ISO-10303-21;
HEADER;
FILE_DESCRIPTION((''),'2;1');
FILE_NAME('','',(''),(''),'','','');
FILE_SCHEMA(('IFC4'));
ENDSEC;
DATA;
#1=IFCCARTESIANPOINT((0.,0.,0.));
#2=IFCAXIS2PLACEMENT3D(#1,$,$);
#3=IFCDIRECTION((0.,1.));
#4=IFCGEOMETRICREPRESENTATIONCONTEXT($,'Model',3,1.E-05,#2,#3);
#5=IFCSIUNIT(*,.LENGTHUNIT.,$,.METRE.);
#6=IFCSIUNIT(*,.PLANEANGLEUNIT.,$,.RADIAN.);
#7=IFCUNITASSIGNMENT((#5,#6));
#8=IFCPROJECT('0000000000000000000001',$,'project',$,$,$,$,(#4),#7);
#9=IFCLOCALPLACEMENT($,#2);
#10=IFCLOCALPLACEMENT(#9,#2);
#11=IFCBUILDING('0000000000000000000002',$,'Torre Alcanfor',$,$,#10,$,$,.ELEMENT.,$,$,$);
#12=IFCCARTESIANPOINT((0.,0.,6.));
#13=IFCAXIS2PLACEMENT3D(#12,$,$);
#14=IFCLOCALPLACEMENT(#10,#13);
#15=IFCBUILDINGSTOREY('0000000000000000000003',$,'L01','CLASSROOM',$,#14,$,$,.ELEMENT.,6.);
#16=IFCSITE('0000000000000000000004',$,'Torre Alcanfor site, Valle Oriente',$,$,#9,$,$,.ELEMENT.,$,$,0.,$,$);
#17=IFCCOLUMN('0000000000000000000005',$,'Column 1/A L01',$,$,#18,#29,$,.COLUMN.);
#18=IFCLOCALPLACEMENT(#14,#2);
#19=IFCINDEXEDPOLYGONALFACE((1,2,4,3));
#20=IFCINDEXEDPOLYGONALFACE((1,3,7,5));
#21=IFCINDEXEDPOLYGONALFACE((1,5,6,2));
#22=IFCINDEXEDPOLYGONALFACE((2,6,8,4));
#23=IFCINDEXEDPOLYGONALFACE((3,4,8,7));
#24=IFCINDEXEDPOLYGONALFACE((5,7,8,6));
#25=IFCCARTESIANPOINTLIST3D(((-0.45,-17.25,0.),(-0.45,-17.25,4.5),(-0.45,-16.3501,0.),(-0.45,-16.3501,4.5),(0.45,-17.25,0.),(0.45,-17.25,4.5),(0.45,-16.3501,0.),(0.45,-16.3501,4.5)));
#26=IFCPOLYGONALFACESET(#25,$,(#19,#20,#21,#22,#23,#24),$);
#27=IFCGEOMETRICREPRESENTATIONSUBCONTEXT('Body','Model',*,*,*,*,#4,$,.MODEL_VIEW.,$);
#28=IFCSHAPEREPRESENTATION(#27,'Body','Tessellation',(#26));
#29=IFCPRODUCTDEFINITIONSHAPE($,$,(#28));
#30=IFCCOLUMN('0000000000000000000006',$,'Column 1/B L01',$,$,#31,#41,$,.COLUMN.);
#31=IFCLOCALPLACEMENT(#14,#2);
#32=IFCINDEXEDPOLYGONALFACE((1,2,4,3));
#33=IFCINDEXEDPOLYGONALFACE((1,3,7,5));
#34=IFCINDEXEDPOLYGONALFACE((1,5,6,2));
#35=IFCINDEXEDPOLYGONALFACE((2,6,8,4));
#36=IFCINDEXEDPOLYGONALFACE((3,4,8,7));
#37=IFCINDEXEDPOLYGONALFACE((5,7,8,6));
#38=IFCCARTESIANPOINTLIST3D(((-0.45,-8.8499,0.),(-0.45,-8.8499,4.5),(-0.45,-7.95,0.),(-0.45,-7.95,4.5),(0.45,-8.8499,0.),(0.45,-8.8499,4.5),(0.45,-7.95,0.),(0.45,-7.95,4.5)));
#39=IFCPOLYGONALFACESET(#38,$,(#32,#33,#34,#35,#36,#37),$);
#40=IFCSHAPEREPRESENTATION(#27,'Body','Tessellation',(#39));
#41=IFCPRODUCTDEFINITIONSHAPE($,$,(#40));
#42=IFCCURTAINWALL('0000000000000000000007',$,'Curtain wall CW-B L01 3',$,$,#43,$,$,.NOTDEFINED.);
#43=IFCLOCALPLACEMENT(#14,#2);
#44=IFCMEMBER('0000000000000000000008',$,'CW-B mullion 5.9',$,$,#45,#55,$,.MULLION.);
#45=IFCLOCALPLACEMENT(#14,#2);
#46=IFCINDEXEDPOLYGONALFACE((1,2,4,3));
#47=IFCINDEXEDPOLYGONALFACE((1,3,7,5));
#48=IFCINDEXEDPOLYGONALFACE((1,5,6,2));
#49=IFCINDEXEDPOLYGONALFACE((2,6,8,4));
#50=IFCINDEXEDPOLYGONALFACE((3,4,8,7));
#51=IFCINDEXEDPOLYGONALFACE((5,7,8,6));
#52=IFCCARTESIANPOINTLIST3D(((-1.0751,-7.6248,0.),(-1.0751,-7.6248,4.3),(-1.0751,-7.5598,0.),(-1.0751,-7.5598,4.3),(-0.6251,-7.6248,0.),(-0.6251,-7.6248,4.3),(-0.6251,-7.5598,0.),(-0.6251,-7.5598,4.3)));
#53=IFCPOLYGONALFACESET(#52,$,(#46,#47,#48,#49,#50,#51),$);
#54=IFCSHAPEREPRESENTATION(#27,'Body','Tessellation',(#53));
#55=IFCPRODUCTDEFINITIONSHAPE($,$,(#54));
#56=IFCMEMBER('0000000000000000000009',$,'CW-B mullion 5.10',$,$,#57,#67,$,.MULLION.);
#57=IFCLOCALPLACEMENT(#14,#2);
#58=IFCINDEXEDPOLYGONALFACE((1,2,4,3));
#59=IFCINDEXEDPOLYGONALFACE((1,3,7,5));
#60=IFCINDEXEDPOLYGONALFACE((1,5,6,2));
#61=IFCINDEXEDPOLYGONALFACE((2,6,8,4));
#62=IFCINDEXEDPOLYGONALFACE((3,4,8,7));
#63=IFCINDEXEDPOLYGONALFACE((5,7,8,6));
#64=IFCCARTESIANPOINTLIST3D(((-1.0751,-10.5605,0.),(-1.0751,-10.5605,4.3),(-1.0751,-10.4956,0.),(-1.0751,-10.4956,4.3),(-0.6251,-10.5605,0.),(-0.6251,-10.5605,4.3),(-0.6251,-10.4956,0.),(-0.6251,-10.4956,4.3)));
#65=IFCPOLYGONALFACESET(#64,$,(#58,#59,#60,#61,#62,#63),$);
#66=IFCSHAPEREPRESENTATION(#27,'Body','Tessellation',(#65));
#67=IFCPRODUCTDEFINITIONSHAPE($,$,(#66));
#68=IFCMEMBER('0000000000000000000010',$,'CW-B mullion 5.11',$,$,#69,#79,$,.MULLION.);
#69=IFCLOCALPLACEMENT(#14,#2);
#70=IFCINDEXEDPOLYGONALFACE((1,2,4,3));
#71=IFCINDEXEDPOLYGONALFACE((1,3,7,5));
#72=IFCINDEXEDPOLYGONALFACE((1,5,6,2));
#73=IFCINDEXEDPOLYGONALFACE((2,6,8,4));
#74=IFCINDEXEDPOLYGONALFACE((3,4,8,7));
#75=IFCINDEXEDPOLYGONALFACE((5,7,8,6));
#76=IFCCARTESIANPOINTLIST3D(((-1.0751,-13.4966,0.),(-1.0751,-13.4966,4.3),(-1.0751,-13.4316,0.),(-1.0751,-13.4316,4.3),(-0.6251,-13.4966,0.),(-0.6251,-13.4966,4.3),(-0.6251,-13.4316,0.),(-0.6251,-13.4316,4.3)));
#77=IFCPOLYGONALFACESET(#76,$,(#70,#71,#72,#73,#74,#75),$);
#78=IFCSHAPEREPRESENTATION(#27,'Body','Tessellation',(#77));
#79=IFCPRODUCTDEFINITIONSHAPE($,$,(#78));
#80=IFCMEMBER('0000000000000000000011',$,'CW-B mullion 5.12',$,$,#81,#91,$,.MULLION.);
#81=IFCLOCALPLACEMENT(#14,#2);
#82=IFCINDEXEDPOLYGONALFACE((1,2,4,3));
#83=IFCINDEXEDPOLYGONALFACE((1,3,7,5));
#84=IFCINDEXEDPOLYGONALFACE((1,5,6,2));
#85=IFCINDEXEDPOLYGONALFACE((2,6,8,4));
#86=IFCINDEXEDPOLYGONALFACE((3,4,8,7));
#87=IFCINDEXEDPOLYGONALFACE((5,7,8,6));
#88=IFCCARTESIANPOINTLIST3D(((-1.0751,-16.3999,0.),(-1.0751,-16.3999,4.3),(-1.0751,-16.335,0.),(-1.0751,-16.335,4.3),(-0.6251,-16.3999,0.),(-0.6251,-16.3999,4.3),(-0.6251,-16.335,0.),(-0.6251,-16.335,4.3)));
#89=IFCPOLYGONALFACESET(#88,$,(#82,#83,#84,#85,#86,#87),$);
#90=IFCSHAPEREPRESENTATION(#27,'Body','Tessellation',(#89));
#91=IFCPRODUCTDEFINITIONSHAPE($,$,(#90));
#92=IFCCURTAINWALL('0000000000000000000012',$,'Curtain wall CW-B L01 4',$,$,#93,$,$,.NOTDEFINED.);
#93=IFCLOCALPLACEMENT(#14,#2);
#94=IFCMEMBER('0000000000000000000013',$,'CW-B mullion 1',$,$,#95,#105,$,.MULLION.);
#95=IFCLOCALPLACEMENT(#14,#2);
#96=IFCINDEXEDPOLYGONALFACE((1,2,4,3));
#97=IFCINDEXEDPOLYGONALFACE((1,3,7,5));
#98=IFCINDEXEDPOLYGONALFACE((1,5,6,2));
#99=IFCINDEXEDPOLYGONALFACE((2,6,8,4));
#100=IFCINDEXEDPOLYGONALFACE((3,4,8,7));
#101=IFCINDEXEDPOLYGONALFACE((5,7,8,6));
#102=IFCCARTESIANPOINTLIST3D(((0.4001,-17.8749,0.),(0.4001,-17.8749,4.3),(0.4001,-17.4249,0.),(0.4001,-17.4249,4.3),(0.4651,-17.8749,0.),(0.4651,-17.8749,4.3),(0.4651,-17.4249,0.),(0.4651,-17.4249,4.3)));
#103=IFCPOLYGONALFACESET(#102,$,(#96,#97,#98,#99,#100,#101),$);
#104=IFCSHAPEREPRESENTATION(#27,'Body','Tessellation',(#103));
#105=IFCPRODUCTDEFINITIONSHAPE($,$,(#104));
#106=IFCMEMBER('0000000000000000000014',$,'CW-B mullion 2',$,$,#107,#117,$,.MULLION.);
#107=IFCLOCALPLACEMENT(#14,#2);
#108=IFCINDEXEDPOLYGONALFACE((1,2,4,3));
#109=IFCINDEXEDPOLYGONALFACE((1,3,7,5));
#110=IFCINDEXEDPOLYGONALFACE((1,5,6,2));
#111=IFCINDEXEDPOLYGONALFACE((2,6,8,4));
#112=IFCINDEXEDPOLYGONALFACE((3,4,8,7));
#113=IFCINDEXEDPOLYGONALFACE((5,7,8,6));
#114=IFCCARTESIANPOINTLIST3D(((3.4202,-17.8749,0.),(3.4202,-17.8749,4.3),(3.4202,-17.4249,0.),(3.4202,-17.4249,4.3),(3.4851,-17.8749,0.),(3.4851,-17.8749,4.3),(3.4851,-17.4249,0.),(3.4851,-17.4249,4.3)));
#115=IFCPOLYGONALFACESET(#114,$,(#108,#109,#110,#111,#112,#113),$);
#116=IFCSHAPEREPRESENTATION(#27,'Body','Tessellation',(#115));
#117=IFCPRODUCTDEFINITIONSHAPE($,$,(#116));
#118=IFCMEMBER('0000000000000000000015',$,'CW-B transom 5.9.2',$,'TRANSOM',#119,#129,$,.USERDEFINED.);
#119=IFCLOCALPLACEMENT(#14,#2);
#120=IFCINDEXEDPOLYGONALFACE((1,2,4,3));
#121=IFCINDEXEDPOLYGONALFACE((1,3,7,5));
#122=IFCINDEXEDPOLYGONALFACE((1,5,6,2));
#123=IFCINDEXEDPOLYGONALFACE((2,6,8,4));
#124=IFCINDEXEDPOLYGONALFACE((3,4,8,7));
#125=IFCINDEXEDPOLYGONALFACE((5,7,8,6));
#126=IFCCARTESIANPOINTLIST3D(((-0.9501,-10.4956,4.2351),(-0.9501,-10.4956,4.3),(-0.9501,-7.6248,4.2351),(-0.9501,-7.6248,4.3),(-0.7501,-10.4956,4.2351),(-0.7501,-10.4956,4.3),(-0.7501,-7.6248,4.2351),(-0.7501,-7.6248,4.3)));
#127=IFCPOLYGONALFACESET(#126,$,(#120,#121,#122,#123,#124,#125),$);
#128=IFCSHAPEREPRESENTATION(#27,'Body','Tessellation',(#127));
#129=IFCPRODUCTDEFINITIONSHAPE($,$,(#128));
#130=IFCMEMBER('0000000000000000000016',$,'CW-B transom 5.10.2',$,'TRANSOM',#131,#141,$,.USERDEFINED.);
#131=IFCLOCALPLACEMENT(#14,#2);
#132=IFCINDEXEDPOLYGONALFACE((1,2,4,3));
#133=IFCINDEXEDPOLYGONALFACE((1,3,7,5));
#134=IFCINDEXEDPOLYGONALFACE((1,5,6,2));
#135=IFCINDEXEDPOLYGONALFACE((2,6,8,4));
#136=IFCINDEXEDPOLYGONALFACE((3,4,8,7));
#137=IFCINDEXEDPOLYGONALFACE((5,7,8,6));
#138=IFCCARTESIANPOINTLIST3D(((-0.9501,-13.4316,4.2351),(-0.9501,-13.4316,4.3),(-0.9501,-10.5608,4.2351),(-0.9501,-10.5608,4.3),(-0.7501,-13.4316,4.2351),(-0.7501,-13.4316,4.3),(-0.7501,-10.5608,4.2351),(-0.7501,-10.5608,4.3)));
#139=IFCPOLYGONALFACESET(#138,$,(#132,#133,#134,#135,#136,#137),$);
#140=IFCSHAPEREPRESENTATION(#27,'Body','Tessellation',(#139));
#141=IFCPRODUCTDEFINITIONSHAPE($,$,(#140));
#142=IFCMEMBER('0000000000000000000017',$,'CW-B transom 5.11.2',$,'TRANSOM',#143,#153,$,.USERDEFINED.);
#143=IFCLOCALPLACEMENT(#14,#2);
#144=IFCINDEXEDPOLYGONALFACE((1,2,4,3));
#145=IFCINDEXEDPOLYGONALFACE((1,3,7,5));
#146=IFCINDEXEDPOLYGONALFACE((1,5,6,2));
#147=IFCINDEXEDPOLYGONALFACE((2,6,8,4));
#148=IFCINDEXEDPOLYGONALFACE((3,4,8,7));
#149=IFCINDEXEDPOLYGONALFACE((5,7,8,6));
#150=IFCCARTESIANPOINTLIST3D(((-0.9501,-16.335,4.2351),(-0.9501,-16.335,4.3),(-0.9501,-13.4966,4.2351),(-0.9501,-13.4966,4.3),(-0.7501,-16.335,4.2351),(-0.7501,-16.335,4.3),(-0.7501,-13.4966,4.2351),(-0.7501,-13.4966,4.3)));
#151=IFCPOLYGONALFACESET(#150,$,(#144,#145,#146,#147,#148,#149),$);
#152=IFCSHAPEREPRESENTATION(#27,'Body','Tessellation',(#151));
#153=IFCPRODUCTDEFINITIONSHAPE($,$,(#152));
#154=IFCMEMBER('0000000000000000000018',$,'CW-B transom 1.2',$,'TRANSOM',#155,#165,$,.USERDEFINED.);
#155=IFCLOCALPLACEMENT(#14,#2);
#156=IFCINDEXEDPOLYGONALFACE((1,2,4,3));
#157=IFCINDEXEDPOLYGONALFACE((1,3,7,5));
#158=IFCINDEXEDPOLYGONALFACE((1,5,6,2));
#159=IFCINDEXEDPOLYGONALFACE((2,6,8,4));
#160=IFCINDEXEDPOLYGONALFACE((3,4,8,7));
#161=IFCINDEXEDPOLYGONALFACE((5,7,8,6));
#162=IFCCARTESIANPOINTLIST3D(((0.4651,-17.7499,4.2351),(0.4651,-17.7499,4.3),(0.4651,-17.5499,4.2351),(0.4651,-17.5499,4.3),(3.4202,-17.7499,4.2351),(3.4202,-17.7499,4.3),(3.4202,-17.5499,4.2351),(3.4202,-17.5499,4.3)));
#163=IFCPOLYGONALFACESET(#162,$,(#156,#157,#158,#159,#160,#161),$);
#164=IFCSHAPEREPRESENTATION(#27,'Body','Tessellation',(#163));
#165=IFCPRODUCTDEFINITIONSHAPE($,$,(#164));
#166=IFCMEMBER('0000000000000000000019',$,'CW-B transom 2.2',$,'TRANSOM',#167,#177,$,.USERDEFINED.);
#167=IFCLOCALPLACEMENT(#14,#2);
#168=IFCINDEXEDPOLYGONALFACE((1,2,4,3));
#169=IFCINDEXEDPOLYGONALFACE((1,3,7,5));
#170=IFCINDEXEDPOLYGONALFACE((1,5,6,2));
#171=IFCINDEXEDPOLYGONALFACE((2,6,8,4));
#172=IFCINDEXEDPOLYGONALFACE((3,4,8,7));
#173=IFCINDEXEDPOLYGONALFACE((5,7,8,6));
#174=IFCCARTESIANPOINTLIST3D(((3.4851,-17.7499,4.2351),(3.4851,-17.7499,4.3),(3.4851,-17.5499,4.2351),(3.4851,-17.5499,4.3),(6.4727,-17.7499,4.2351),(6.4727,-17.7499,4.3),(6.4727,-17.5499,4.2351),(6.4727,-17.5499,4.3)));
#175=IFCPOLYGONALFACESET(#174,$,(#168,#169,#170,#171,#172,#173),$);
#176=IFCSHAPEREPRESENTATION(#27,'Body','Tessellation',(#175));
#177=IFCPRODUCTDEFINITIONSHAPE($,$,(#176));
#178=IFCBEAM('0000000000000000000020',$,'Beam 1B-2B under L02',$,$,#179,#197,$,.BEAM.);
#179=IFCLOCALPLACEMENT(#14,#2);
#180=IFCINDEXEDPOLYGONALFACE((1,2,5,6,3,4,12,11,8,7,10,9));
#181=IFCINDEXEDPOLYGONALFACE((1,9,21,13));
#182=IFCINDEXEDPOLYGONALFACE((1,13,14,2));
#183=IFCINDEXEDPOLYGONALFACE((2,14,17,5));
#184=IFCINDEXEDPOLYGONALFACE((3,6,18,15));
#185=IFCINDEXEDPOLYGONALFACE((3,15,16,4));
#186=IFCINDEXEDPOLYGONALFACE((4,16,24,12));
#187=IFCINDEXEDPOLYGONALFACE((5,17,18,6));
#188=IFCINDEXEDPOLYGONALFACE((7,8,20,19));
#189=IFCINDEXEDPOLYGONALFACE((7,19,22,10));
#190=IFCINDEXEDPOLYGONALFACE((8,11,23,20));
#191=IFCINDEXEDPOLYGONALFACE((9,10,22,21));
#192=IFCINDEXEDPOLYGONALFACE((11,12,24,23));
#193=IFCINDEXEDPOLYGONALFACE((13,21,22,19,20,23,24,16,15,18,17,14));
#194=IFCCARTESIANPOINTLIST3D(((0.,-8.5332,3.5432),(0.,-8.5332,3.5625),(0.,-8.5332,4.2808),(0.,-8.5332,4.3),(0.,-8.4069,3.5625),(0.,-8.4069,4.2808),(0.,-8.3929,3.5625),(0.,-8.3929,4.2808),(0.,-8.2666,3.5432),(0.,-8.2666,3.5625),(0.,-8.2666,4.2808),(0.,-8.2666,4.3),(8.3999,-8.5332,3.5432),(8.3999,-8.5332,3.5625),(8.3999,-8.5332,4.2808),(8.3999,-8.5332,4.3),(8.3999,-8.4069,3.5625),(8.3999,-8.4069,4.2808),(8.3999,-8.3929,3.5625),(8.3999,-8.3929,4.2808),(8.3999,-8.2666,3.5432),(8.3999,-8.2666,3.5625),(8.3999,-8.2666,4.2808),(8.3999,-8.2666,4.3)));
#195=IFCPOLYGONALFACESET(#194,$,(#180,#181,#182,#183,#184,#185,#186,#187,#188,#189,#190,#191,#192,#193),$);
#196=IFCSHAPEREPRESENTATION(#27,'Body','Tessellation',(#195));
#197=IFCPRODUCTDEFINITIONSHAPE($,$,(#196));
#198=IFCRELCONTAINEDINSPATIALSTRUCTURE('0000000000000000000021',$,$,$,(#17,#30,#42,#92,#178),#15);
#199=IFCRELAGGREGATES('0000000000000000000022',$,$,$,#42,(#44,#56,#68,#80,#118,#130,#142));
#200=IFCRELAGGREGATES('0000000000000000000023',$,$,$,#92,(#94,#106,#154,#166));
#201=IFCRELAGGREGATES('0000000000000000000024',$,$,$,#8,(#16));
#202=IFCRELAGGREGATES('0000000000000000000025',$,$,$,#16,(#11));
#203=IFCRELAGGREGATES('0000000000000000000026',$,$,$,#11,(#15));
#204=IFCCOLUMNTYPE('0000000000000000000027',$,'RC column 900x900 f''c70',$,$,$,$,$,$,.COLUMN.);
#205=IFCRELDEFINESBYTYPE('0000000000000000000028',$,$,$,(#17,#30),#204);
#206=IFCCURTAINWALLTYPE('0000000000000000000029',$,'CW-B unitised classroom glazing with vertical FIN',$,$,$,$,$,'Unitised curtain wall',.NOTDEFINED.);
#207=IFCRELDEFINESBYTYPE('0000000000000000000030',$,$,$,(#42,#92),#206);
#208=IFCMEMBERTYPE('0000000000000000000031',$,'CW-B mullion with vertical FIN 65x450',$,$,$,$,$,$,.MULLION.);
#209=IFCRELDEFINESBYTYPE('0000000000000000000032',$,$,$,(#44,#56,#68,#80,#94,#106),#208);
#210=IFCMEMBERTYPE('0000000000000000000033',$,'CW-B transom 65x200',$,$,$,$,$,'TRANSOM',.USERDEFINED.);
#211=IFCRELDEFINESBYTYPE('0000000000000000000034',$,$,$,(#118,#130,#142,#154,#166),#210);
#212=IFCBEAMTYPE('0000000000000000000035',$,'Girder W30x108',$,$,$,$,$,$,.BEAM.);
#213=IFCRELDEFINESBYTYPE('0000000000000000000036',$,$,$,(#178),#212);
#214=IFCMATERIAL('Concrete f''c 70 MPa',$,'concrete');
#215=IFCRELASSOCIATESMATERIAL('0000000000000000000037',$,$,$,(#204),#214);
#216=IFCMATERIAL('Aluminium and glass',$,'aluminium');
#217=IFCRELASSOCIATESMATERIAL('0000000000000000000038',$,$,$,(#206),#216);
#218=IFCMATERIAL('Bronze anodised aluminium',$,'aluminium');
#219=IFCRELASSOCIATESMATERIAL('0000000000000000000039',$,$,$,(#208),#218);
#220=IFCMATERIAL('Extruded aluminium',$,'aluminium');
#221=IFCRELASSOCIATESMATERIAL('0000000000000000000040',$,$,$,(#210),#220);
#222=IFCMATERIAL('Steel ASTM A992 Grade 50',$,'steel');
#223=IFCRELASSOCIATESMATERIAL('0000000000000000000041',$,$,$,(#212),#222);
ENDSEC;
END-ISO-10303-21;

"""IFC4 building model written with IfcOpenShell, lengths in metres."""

from ifc_helpers import new_model, si_unit, direction, frame, origin, origin_2d, place, context, subcontext, project, spatial, rectangle, i_section, extrude, material, material_profile, profile_set, type_object, element, aggregate, save


model = new_model("IFC4")

# Units and contexts
model_context = context("Model", 3, precision=1e-05, world=origin(), true_north=direction((0.0, 1.0)))
body_context = subcontext(model_context, "Body", "Model", "MODEL_VIEW")
ifc_project = project(units=[si_unit("LENGTHUNIT", "METRE"), si_unit("PLANEANGLEUNIT", "RADIAN")], contexts=[model_context])

# Site, building, storey
site_placement = place(None, origin())
site = spatial("IfcSite", under=ifc_project, at=site_placement, Name="Torre Alcanfor site, Valle Oriente", CompositionType="ELEMENT", RefElevation=0.0)
building_placement = place(site_placement, origin())
building = spatial("IfcBuilding", under=site, at=building_placement, Name="Torre Alcanfor", CompositionType="ELEMENT")
storey_placement = place(building_placement, frame((0.0, 0.0, 6.0)))
storey = spatial("IfcBuildingStorey", under=building, at=storey_placement, Name="L01", Description="CLASSROOM", CompositionType="ELEMENT", Elevation=6.0)

# Columns
ifc_material_1 = material(Name="Concrete f'c 70 MPa", Category="concrete")
ifc_material_profile_1 = material_profile(ifc_material_1, rectangle(XDim=0.8999, YDim=0.8999, at=origin_2d()), Name="900x900")
ifc_profile_set_1 = profile_set([ifc_material_profile_1], Name="Concrete f'c 70 MPa")
column_type = type_object("IfcColumnType", Name="RC column 900x900 f'c70", PredefinedType="COLUMN", material=ifc_profile_set_1)
for number, where, z_axis, x_axis, name in (
    (1, (0.0, -16.8, 0.0), (0.0, 0.0, 1.0), (1.0, 0.0, 0.0), "Column 1/A L01"),
    (2, (0.0, -8.3999, 0.0), (0.0, 0.0, 1.0), (1.0, 0.0, 0.0), "Column 1/B L01"),
):
    element("IfcColumn", number, at=place(storey_placement, frame(where, z_axis=z_axis, x_axis=x_axis)), inside=storey, type_object=column_type, Name=name, PredefinedType="COLUMN", context=body_context, shape_type="SweptSolid", body=[
        extrude(rectangle(XDim=0.8999, YDim=0.8999, at=origin_2d()), origin(), (0.0, 0.0, 1.0), 4.5),
    ])

# Curtain walls, members
ifc_material_2 = material(Name="Aluminium and glass", Category="aluminium")
curtain_wall_type = type_object("IfcCurtainWallType", Name="CW-B unitised classroom glazing with vertical FIN", ElementType="Unitised curtain wall", PredefinedType="NOTDEFINED", material=ifc_material_2)
curtain_wall_1_placement = place(storey_placement, origin())
curtain_wall_1 = element("IfcCurtainWall", 3, at=curtain_wall_1_placement, inside=storey, type_object=curtain_wall_type, Name="Curtain wall CW-B L01 3", PredefinedType="NOTDEFINED")
ifc_material_3 = material(Name="Bronze anodised aluminium", Category="aluminium")
ifc_material_profile_2 = material_profile(ifc_material_3, rectangle(XDim=0.45, YDim=0.0649, at=origin_2d()), Name="CW-B mullion 65x450")
ifc_profile_set_2 = profile_set([ifc_material_profile_2], Name="Bronze anodised aluminium")
member_type_1 = type_object("IfcMemberType", Name="CW-B mullion with vertical FIN 65x450", PredefinedType="MULLION", material=ifc_profile_set_2)
member_1_placement = place(storey_placement, frame((-0.8501, -7.5923, 0.0), z_axis=(0.0, 0.0, 1.0), x_axis=(1.0, 0.0, 0.0)))
member_1 = element("IfcMember", 4, at=member_1_placement, type_object=member_type_1, Name="CW-B mullion 5.9", PredefinedType="MULLION", context=body_context, shape_type="SweptSolid", body=[
    extrude(rectangle(XDim=0.45, YDim=0.0649, at=origin_2d()), origin(), (0.0, 0.0, 1.0), 4.3),
])
member_2_placement = place(storey_placement, frame((-0.8501, -10.5281, 0.0), z_axis=(0.0, 0.0, 1.0), x_axis=(1.0, 0.0, 0.0)))
member_2 = element("IfcMember", 5, at=member_2_placement, type_object=member_type_1, Name="CW-B mullion 5.10", PredefinedType="MULLION", context=body_context, shape_type="SweptSolid", body=[
    extrude(rectangle(XDim=0.45, YDim=0.0649, at=origin_2d()), origin(), (0.0, 0.0, 1.0), 4.3),
])
member_3_placement = place(storey_placement, frame((-0.8501, -13.4641, 0.0), z_axis=(0.0, 0.0, 1.0), x_axis=(1.0, 0.0, 0.0)))
member_3 = element("IfcMember", 6, at=member_3_placement, type_object=member_type_1, Name="CW-B mullion 5.11", PredefinedType="MULLION", context=body_context, shape_type="SweptSolid", body=[
    extrude(rectangle(XDim=0.45, YDim=0.0649, at=origin_2d()), origin(), (0.0, 0.0, 1.0), 4.3),
])
member_4_placement = place(storey_placement, frame((-0.8501, -16.3674, 0.0), z_axis=(0.0, 0.0, 1.0), x_axis=(1.0, 0.0, 0.0)))
member_4 = element("IfcMember", 7, at=member_4_placement, type_object=member_type_1, Name="CW-B mullion 5.12", PredefinedType="MULLION", context=body_context, shape_type="SweptSolid", body=[
    extrude(rectangle(XDim=0.45, YDim=0.0649, at=origin_2d()), origin(), (0.0, 0.0, 1.0), 4.3),
])
curtain_wall_2_placement = place(storey_placement, origin())
curtain_wall_2 = element("IfcCurtainWall", 8, at=curtain_wall_2_placement, inside=storey, type_object=curtain_wall_type, Name="Curtain wall CW-B L01 4", PredefinedType="NOTDEFINED")
member_5_placement = place(storey_placement, frame((0.4326, -17.6499, 0.0), z_axis=(0.0, 0.0, 1.0), x_axis=(0.0, 1.0, 0.0)))
member_5 = element("IfcMember", 9, at=member_5_placement, type_object=member_type_1, Name="CW-B mullion 1", PredefinedType="MULLION", context=body_context, shape_type="SweptSolid", body=[
    extrude(rectangle(XDim=0.45, YDim=0.0649, at=origin_2d()), origin(), (0.0, 0.0, 1.0), 4.3),
])
member_6_placement = place(storey_placement, frame((3.4526, -17.6499, 0.0), z_axis=(0.0, 0.0, 1.0), x_axis=(0.0, 1.0, 0.0)))
member_6 = element("IfcMember", 10, at=member_6_placement, type_object=member_type_1, Name="CW-B mullion 2", PredefinedType="MULLION", context=body_context, shape_type="SweptSolid", body=[
    extrude(rectangle(XDim=0.45, YDim=0.0649, at=origin_2d()), origin(), (0.0, 0.0, 1.0), 4.3),
])

# Members
ifc_material_4 = material(Name="Extruded aluminium", Category="aluminium")
ifc_material_profile_3 = material_profile(ifc_material_4, rectangle(XDim=0.2, YDim=0.0649, at=origin_2d()), Name="CW-B transom 200x65")
ifc_profile_set_3 = profile_set([ifc_material_profile_3], Name="Extruded aluminium")
member_type_2 = type_object("IfcMemberType", Name="CW-B transom 65x200", ElementType="TRANSOM", PredefinedType="USERDEFINED", material=ifc_profile_set_3)
member_7_placement = place(storey_placement, frame((-0.8501, -7.6248, 4.2676), z_axis=(0.0, -1.0, 0.0), x_axis=(1.0, 0.0, 0.0)))
member_7 = element("IfcMember", 11, at=member_7_placement, type_object=member_type_2, Name="CW-B transom 5.9.2", ObjectType="TRANSOM", PredefinedType="USERDEFINED", context=body_context, shape_type="SweptSolid", body=[
    extrude(rectangle(XDim=0.2, YDim=0.0649, at=origin_2d()), origin(), (0.0, 0.0, 1.0), 2.8708),
])
member_8_placement = place(storey_placement, frame((-0.8501, -10.5608, 4.2676), z_axis=(0.0, -1.0, 0.0), x_axis=(1.0, 0.0, 0.0)))
member_8 = element("IfcMember", 12, at=member_8_placement, type_object=member_type_2, Name="CW-B transom 5.10.2", ObjectType="TRANSOM", PredefinedType="USERDEFINED", context=body_context, shape_type="SweptSolid", body=[
    extrude(rectangle(XDim=0.2, YDim=0.0649, at=origin_2d()), origin(), (0.0, 0.0, 1.0), 2.8708),
])
member_9_placement = place(storey_placement, frame((-0.8501, -13.4966, 4.2676), z_axis=(0.0, -1.0, 0.0), x_axis=(1.0, 0.0, 0.0)))
member_9 = element("IfcMember", 13, at=member_9_placement, type_object=member_type_2, Name="CW-B transom 5.11.2", ObjectType="TRANSOM", PredefinedType="USERDEFINED", context=body_context, shape_type="SweptSolid", body=[
    extrude(rectangle(XDim=0.2, YDim=0.0649, at=origin_2d()), origin(), (0.0, 0.0, 1.0), 2.8384),
])
member_10_placement = place(storey_placement, frame((0.4651, -17.6499, 4.2676), z_axis=(1.0, 0.0, 0.0), x_axis=(0.0, 1.0, 0.0)))
member_10 = element("IfcMember", 14, at=member_10_placement, type_object=member_type_2, Name="CW-B transom 1.2", ObjectType="TRANSOM", PredefinedType="USERDEFINED", context=body_context, shape_type="SweptSolid", body=[
    extrude(rectangle(XDim=0.2, YDim=0.0649, at=origin_2d()), origin(), (0.0, 0.0, 1.0), 2.9551),
])
member_11_placement = place(storey_placement, frame((3.4851, -17.6499, 4.2676), z_axis=(1.0, 0.0, 0.0), x_axis=(0.0, 1.0, 0.0)))
member_11 = element("IfcMember", 15, at=member_11_placement, type_object=member_type_2, Name="CW-B transom 2.2", ObjectType="TRANSOM", PredefinedType="USERDEFINED", context=body_context, shape_type="SweptSolid", body=[
    extrude(rectangle(XDim=0.2, YDim=0.0649, at=origin_2d()), origin(), (0.0, 0.0, 1.0), 2.9875),
])

# Beam
ifc_material_5 = material(Name="Steel ASTM A992 Grade 50", Category="steel")
ifc_material_profile_4 = material_profile(ifc_material_5, i_section(OverallWidth=0.2666, OverallDepth=0.7568, WebThickness=0.0139, FlangeThickness=0.0193, at=origin_2d()), Name="W30x108")
ifc_profile_set_4 = profile_set([ifc_material_profile_4], Name="Steel ASTM A992 Grade 50")
beam_type_1 = type_object("IfcBeamType", Name="Girder W30x108", PredefinedType="BEAM", material=ifc_profile_set_4)
beam_1_placement = place(storey_placement, frame((0.0, -8.3999, 3.9216), z_axis=(1.0, 0.0, 0.0), x_axis=(0.0, 1.0, 0.0)))
element("IfcBeam", 16, at=beam_1_placement, inside=storey, type_object=beam_type_1, Name="Beam 1B-2B under L02", PredefinedType="BEAM", context=body_context, shape_type="SweptSolid", body=[
    extrude(i_section(OverallWidth=0.2666, OverallDepth=0.7568, WebThickness=0.0139, FlangeThickness=0.0193, at=origin_2d()), origin(), (0.0, 0.0, 1.0), 8.3999),
])

aggregate(curtain_wall_1, [member_1, member_2, member_3, member_4, member_7, member_8, member_9])
aggregate(curtain_wall_2, [member_5, member_6, member_10, member_11])

save(model, "model.ifc")
